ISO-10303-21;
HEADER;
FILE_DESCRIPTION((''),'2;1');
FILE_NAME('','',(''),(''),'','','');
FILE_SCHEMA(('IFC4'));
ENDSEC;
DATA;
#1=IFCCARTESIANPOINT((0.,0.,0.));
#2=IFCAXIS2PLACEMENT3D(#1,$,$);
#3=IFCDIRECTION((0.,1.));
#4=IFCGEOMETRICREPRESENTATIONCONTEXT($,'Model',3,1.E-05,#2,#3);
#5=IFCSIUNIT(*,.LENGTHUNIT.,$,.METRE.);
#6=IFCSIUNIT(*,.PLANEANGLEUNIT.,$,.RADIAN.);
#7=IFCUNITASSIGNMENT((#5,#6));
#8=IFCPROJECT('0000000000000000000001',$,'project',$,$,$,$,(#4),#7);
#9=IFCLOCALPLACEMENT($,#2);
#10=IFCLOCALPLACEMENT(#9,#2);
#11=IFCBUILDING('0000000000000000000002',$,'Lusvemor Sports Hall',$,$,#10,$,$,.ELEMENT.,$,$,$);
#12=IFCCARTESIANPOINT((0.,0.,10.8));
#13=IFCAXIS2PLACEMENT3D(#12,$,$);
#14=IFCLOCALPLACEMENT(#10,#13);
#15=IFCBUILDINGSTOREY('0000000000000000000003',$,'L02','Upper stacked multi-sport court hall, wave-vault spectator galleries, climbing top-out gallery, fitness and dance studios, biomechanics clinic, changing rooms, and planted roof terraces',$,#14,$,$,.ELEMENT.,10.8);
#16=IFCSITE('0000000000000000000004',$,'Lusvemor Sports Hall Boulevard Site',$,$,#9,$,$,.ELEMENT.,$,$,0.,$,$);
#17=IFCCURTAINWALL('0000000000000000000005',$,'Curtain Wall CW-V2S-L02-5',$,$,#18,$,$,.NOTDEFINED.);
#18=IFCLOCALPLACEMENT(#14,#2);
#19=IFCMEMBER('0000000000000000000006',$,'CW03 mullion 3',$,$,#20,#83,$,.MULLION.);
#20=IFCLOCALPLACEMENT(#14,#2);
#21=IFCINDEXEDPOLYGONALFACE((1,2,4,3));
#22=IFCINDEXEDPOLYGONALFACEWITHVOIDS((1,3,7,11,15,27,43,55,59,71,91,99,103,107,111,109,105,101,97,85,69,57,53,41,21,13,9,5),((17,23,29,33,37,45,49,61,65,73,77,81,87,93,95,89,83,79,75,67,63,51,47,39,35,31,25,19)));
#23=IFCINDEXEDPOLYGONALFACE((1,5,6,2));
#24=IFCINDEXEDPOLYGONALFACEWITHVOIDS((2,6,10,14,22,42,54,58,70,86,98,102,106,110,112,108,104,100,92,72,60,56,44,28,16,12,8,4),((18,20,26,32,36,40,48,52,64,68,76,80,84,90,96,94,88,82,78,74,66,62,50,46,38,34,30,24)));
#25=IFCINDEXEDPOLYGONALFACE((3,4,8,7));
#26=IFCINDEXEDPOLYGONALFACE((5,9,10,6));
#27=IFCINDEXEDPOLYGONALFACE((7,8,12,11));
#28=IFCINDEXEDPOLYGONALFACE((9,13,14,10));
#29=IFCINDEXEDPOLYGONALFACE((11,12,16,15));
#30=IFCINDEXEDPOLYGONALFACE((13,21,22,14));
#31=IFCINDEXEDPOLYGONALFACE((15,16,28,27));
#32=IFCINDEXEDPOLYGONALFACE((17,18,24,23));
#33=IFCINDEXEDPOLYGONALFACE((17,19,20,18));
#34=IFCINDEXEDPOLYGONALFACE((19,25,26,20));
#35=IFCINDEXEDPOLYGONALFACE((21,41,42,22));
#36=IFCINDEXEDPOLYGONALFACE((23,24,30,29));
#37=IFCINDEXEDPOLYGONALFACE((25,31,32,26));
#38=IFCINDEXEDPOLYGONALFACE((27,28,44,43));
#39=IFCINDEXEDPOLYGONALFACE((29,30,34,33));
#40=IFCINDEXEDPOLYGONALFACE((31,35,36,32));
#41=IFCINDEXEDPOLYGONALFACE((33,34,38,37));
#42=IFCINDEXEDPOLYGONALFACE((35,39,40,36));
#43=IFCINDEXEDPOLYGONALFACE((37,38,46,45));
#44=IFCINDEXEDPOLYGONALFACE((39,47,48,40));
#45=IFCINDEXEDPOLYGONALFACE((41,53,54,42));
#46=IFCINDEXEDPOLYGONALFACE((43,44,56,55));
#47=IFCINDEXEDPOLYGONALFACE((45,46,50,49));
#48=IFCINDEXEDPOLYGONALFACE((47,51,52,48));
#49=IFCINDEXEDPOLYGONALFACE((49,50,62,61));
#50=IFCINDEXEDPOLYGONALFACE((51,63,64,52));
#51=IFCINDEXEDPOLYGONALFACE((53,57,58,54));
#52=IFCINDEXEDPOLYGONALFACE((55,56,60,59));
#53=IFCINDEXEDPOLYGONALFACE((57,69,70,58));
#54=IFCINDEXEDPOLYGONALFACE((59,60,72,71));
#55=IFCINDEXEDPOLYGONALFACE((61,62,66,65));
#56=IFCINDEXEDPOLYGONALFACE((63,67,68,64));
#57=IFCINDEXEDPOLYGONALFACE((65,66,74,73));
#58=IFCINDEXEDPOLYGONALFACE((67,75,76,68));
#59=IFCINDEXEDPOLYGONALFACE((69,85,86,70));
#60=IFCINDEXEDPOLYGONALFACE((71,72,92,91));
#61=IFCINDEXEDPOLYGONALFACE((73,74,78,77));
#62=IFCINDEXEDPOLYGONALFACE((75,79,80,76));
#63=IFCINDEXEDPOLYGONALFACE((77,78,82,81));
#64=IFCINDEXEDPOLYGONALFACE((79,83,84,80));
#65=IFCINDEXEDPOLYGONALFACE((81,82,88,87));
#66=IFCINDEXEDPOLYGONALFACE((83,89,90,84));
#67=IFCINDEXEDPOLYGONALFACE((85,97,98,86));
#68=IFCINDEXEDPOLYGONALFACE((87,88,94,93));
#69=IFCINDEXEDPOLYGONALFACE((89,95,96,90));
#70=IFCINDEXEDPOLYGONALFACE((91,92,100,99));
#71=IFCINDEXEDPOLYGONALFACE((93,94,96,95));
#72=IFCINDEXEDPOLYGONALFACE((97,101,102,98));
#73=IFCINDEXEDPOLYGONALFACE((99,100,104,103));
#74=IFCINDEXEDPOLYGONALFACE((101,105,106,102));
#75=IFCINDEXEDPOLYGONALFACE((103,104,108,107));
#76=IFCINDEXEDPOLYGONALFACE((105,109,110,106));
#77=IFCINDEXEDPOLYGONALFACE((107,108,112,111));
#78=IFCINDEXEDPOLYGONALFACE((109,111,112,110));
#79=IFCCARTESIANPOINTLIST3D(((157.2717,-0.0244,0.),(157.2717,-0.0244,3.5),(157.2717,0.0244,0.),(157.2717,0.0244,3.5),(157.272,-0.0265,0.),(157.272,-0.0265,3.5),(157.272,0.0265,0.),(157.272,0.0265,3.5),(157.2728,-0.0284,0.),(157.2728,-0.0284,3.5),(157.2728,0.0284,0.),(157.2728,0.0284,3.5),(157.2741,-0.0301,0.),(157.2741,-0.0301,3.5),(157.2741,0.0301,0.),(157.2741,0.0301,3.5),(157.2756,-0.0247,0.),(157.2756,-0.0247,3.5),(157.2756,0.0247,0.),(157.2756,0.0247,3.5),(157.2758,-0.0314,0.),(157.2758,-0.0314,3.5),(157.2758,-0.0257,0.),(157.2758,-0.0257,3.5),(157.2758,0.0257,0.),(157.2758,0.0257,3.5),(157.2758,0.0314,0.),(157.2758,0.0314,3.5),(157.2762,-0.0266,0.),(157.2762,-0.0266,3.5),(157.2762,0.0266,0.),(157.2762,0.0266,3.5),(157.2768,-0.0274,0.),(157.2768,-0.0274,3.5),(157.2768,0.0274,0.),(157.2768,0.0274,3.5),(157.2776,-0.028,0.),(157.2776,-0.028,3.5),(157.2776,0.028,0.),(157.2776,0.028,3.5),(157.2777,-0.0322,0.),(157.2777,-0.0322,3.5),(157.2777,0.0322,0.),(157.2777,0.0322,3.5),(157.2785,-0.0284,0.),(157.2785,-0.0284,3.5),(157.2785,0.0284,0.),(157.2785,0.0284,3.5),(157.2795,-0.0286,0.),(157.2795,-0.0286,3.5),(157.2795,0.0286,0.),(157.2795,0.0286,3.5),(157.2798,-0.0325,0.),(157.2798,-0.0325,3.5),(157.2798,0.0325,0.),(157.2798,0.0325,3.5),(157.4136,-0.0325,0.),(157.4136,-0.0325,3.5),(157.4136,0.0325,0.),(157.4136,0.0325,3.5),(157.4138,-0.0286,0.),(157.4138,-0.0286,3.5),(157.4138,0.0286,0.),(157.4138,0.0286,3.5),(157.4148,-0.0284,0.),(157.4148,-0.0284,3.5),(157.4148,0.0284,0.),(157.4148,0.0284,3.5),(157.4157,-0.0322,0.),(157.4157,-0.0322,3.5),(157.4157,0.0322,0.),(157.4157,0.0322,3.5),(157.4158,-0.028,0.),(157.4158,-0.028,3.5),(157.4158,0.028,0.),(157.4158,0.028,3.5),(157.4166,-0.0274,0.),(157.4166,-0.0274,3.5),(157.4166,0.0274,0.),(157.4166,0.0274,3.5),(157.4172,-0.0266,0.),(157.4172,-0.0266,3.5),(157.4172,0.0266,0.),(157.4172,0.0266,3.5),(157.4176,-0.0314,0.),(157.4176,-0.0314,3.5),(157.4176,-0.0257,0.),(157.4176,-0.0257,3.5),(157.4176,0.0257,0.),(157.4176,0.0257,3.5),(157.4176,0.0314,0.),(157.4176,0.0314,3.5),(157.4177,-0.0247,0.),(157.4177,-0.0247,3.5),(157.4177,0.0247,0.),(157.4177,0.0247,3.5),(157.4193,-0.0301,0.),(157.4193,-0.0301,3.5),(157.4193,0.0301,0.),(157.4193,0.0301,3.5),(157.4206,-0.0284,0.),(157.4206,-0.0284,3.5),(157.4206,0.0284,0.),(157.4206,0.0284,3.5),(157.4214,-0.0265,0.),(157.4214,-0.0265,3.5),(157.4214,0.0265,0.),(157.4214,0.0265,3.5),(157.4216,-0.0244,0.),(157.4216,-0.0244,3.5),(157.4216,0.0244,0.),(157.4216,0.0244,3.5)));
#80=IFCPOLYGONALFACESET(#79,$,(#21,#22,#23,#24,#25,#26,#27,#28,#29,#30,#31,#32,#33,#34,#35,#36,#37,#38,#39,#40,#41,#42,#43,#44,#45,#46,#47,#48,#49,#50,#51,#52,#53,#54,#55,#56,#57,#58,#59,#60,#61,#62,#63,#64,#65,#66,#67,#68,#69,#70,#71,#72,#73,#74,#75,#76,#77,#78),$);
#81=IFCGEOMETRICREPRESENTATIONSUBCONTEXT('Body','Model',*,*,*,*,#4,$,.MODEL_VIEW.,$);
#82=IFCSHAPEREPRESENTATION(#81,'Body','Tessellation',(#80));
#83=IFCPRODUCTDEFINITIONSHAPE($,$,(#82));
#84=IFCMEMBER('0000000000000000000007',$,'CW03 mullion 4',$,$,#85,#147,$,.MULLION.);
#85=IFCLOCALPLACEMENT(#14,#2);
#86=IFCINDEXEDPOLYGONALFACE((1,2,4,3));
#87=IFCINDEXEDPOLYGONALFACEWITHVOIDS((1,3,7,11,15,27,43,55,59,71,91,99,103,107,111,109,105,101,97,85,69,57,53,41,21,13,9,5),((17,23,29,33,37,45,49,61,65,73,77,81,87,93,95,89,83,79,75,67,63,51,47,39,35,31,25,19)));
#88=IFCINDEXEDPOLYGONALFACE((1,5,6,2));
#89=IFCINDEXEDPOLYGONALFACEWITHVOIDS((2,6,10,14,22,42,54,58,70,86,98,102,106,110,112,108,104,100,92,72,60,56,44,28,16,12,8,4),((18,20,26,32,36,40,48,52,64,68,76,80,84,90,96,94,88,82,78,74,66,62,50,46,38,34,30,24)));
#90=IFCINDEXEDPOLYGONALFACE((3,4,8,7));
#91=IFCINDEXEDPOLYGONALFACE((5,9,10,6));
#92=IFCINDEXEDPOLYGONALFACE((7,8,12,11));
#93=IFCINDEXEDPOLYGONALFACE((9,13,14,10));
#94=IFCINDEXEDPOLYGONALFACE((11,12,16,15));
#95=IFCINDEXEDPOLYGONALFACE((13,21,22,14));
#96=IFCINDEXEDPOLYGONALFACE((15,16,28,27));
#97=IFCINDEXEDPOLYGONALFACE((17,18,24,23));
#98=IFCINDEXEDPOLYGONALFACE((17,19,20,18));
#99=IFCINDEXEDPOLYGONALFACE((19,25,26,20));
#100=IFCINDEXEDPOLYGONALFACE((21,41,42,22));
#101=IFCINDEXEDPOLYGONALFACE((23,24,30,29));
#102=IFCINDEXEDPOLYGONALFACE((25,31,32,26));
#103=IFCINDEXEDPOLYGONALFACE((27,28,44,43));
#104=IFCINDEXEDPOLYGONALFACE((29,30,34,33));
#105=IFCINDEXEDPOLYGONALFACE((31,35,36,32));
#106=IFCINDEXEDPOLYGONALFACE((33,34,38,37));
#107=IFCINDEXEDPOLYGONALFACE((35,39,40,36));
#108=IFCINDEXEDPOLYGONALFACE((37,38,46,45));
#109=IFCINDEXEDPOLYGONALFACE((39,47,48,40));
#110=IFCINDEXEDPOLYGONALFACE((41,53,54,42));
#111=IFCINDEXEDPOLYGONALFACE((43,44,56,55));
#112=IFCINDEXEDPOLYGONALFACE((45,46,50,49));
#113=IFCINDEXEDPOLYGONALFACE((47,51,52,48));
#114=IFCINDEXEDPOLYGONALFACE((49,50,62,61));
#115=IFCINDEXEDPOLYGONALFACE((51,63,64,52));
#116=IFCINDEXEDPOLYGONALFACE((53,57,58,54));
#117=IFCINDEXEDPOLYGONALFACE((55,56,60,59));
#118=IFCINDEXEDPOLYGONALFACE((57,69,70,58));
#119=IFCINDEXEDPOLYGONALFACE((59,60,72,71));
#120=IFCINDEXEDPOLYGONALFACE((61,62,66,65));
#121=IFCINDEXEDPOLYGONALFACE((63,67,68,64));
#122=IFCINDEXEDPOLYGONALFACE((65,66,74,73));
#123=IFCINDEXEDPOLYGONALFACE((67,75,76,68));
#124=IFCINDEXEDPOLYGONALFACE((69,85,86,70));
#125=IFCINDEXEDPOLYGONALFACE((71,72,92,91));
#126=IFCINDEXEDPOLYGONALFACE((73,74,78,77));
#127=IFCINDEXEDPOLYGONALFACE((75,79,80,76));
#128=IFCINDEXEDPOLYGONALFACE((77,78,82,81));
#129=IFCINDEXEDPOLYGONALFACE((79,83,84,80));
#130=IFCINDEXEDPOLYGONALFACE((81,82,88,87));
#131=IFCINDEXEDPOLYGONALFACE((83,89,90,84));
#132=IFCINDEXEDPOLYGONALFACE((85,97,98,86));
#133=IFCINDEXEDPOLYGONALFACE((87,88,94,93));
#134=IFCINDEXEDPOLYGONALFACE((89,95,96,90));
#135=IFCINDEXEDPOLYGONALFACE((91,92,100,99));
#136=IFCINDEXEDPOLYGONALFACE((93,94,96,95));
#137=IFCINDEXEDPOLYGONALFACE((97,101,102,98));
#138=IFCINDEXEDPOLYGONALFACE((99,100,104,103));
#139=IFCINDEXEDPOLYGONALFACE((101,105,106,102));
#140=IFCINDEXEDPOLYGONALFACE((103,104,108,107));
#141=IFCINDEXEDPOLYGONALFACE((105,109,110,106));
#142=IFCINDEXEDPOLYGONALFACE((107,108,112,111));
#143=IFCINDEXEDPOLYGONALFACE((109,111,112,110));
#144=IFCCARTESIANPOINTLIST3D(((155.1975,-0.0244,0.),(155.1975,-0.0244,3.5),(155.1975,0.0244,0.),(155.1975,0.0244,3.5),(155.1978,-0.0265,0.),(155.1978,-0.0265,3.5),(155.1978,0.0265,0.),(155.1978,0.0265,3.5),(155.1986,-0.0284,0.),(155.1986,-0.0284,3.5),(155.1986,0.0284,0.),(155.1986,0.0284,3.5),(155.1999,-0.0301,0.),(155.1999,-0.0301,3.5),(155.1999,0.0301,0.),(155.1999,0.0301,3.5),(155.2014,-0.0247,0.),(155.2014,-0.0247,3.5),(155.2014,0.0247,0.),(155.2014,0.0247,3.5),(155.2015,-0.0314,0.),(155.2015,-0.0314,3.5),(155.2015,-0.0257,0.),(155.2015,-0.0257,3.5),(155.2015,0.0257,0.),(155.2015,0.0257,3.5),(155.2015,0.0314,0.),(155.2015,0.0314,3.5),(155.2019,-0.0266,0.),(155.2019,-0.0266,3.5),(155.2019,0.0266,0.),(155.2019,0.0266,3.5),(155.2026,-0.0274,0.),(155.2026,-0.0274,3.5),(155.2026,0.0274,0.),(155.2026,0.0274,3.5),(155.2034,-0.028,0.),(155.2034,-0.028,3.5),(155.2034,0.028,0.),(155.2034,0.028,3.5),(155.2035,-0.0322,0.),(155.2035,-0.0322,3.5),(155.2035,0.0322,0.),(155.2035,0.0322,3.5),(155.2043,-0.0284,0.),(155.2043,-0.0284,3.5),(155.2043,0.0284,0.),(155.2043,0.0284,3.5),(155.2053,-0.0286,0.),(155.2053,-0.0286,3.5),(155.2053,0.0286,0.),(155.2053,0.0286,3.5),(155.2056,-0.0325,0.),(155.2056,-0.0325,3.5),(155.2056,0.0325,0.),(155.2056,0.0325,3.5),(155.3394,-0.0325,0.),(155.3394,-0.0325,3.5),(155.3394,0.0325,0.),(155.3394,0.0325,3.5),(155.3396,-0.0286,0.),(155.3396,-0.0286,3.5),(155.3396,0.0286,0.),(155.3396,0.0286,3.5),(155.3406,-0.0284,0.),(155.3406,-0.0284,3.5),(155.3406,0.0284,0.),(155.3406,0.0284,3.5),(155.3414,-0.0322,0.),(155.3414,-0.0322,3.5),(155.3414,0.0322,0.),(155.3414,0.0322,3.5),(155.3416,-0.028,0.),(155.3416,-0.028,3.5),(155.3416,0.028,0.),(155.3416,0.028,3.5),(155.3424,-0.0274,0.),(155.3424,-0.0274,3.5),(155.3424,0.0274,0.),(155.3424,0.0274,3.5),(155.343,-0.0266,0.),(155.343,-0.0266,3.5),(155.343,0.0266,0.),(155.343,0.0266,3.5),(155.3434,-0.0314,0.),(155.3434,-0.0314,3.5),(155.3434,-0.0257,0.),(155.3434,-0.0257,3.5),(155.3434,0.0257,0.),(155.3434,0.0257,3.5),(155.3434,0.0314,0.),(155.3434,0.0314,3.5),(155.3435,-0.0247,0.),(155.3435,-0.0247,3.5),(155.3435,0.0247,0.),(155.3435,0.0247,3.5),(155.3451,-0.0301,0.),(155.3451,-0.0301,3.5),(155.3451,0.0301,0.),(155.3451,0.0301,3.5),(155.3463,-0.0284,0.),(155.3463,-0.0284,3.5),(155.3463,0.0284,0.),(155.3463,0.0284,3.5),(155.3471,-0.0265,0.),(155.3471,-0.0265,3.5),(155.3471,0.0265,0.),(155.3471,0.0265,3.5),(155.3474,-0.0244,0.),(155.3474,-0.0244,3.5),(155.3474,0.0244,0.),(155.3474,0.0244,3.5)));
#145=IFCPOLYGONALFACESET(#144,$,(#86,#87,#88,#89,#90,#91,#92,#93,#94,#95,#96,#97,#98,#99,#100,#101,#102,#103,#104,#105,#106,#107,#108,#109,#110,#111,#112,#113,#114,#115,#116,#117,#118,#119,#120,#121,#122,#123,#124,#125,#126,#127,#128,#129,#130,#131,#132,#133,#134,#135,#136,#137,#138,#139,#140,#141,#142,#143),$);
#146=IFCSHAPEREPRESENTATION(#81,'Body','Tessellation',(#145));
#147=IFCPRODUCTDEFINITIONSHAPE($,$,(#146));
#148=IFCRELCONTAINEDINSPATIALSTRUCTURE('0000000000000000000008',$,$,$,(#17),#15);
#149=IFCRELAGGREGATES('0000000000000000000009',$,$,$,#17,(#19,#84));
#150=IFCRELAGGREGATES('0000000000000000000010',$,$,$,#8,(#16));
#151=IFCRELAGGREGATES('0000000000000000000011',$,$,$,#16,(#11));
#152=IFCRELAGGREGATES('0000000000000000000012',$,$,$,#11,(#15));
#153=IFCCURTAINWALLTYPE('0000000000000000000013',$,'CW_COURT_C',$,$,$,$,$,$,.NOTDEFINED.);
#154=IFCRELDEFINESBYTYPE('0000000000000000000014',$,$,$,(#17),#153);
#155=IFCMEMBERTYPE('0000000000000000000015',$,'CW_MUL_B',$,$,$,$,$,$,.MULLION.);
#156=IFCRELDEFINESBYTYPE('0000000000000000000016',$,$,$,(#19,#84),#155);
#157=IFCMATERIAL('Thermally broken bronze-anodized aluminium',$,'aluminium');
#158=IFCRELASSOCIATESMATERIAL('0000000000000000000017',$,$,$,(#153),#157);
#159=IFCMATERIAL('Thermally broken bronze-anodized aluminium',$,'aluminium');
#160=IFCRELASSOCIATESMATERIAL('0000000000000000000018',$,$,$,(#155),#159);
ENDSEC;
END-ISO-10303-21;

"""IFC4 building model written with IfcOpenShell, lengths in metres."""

from ifc_helpers import new_model, si_unit, direction, frame, origin, origin_2d, place, context, subcontext, project, spatial, hollow_rectangle, extrude, material, material_profile, profile_set, type_object, element, aggregate, save


model = new_model("IFC4")

# Units and contexts
model_context = context("Model", 3, precision=1e-05, world=origin(), true_north=direction((0.0, 1.0)))
body_context = subcontext(model_context, "Body", "Model", "MODEL_VIEW")
ifc_project = project(units=[si_unit("LENGTHUNIT", "METRE"), si_unit("PLANEANGLEUNIT", "RADIAN")], contexts=[model_context])

# Site, building, storey
site_placement = place(None, origin())
site = spatial("IfcSite", under=ifc_project, at=site_placement, Name="Lusvemor Sports Hall Boulevard Site", CompositionType="ELEMENT", RefElevation=0.0)
building_placement = place(site_placement, origin())
building = spatial("IfcBuilding", under=site, at=building_placement, Name="Lusvemor Sports Hall", CompositionType="ELEMENT")
storey_placement = place(building_placement, frame((0.0, 0.0, 10.8)))
storey = spatial("IfcBuildingStorey", under=building, at=storey_placement, Name="L02", Description="Upper stacked multi-sport court hall, wave-vault spectator galleries, climbing top-out gallery, fitness and dance studios, biomechanics clinic, changing rooms, and planted roof terraces", CompositionType="ELEMENT", Elevation=10.8)

# Shared definitions
ifc_material_1 = material(Name="Thermally broken bronze-anodized aluminium", Category="aluminium")
curtain_wall_type = type_object("IfcCurtainWallType", Name="CW_COURT_C", PredefinedType="NOTDEFINED", material=ifc_material_1)
ifc_material_2 = material(Name="Thermally broken bronze-anodized aluminium", Category="aluminium")
ifc_material_profile_1 = material_profile(ifc_material_2, hollow_rectangle(XDim=0.0649, YDim=0.1499, WallThickness=0.0039, InnerFilletRadius=0.0039, OuterFilletRadius=0.0081, at=origin_2d()), Name="CWMUL150x65x4")
ifc_profile_set_1 = profile_set([ifc_material_profile_1], Name="Thermally broken bronze-anodized aluminium")
member_type_1 = type_object("IfcMemberType", Name="CW_MUL_B", PredefinedType="MULLION", material=ifc_profile_set_1)

# Curtain wall, members
curtain_wall_1_placement = place(storey_placement, origin())
curtain_wall_1 = element("IfcCurtainWall", 1, at=curtain_wall_1_placement, inside=storey, type_object=curtain_wall_type, Name="Curtain Wall CW-V2S-L02-5", PredefinedType="NOTDEFINED")
member_1_placement = place(storey_placement, frame((157.3467, 0.0, 0.0), z_axis=(0.0, 0.0, 1.0), x_axis=(0.0, -1.0, 0.0)))
member_1 = element("IfcMember", 2, at=member_1_placement, type_object=member_type_1, Name="CW03 mullion 3", PredefinedType="MULLION", context=body_context, shape_type="SweptSolid", body=[
    extrude(hollow_rectangle(XDim=0.0649, YDim=0.1499, WallThickness=0.0039, InnerFilletRadius=0.0039, OuterFilletRadius=0.0081, at=origin_2d()), origin(), (0.0, 0.0, 1.0), 3.5),
])
member_2_placement = place(storey_placement, frame((155.2725, 0.0, 0.0), z_axis=(0.0, 0.0, 1.0), x_axis=(0.0, -1.0, 0.0)))
member_2 = element("IfcMember", 3, at=member_2_placement, type_object=member_type_1, Name="CW03 mullion 4", PredefinedType="MULLION", context=body_context, shape_type="SweptSolid", body=[
    extrude(hollow_rectangle(XDim=0.0649, YDim=0.1499, WallThickness=0.0039, InnerFilletRadius=0.0039, OuterFilletRadius=0.0081, at=origin_2d()), origin(), (0.0, 0.0, 1.0), 3.5),
])

aggregate(curtain_wall_1, [member_1, member_2])

save(model, "model.ifc")
